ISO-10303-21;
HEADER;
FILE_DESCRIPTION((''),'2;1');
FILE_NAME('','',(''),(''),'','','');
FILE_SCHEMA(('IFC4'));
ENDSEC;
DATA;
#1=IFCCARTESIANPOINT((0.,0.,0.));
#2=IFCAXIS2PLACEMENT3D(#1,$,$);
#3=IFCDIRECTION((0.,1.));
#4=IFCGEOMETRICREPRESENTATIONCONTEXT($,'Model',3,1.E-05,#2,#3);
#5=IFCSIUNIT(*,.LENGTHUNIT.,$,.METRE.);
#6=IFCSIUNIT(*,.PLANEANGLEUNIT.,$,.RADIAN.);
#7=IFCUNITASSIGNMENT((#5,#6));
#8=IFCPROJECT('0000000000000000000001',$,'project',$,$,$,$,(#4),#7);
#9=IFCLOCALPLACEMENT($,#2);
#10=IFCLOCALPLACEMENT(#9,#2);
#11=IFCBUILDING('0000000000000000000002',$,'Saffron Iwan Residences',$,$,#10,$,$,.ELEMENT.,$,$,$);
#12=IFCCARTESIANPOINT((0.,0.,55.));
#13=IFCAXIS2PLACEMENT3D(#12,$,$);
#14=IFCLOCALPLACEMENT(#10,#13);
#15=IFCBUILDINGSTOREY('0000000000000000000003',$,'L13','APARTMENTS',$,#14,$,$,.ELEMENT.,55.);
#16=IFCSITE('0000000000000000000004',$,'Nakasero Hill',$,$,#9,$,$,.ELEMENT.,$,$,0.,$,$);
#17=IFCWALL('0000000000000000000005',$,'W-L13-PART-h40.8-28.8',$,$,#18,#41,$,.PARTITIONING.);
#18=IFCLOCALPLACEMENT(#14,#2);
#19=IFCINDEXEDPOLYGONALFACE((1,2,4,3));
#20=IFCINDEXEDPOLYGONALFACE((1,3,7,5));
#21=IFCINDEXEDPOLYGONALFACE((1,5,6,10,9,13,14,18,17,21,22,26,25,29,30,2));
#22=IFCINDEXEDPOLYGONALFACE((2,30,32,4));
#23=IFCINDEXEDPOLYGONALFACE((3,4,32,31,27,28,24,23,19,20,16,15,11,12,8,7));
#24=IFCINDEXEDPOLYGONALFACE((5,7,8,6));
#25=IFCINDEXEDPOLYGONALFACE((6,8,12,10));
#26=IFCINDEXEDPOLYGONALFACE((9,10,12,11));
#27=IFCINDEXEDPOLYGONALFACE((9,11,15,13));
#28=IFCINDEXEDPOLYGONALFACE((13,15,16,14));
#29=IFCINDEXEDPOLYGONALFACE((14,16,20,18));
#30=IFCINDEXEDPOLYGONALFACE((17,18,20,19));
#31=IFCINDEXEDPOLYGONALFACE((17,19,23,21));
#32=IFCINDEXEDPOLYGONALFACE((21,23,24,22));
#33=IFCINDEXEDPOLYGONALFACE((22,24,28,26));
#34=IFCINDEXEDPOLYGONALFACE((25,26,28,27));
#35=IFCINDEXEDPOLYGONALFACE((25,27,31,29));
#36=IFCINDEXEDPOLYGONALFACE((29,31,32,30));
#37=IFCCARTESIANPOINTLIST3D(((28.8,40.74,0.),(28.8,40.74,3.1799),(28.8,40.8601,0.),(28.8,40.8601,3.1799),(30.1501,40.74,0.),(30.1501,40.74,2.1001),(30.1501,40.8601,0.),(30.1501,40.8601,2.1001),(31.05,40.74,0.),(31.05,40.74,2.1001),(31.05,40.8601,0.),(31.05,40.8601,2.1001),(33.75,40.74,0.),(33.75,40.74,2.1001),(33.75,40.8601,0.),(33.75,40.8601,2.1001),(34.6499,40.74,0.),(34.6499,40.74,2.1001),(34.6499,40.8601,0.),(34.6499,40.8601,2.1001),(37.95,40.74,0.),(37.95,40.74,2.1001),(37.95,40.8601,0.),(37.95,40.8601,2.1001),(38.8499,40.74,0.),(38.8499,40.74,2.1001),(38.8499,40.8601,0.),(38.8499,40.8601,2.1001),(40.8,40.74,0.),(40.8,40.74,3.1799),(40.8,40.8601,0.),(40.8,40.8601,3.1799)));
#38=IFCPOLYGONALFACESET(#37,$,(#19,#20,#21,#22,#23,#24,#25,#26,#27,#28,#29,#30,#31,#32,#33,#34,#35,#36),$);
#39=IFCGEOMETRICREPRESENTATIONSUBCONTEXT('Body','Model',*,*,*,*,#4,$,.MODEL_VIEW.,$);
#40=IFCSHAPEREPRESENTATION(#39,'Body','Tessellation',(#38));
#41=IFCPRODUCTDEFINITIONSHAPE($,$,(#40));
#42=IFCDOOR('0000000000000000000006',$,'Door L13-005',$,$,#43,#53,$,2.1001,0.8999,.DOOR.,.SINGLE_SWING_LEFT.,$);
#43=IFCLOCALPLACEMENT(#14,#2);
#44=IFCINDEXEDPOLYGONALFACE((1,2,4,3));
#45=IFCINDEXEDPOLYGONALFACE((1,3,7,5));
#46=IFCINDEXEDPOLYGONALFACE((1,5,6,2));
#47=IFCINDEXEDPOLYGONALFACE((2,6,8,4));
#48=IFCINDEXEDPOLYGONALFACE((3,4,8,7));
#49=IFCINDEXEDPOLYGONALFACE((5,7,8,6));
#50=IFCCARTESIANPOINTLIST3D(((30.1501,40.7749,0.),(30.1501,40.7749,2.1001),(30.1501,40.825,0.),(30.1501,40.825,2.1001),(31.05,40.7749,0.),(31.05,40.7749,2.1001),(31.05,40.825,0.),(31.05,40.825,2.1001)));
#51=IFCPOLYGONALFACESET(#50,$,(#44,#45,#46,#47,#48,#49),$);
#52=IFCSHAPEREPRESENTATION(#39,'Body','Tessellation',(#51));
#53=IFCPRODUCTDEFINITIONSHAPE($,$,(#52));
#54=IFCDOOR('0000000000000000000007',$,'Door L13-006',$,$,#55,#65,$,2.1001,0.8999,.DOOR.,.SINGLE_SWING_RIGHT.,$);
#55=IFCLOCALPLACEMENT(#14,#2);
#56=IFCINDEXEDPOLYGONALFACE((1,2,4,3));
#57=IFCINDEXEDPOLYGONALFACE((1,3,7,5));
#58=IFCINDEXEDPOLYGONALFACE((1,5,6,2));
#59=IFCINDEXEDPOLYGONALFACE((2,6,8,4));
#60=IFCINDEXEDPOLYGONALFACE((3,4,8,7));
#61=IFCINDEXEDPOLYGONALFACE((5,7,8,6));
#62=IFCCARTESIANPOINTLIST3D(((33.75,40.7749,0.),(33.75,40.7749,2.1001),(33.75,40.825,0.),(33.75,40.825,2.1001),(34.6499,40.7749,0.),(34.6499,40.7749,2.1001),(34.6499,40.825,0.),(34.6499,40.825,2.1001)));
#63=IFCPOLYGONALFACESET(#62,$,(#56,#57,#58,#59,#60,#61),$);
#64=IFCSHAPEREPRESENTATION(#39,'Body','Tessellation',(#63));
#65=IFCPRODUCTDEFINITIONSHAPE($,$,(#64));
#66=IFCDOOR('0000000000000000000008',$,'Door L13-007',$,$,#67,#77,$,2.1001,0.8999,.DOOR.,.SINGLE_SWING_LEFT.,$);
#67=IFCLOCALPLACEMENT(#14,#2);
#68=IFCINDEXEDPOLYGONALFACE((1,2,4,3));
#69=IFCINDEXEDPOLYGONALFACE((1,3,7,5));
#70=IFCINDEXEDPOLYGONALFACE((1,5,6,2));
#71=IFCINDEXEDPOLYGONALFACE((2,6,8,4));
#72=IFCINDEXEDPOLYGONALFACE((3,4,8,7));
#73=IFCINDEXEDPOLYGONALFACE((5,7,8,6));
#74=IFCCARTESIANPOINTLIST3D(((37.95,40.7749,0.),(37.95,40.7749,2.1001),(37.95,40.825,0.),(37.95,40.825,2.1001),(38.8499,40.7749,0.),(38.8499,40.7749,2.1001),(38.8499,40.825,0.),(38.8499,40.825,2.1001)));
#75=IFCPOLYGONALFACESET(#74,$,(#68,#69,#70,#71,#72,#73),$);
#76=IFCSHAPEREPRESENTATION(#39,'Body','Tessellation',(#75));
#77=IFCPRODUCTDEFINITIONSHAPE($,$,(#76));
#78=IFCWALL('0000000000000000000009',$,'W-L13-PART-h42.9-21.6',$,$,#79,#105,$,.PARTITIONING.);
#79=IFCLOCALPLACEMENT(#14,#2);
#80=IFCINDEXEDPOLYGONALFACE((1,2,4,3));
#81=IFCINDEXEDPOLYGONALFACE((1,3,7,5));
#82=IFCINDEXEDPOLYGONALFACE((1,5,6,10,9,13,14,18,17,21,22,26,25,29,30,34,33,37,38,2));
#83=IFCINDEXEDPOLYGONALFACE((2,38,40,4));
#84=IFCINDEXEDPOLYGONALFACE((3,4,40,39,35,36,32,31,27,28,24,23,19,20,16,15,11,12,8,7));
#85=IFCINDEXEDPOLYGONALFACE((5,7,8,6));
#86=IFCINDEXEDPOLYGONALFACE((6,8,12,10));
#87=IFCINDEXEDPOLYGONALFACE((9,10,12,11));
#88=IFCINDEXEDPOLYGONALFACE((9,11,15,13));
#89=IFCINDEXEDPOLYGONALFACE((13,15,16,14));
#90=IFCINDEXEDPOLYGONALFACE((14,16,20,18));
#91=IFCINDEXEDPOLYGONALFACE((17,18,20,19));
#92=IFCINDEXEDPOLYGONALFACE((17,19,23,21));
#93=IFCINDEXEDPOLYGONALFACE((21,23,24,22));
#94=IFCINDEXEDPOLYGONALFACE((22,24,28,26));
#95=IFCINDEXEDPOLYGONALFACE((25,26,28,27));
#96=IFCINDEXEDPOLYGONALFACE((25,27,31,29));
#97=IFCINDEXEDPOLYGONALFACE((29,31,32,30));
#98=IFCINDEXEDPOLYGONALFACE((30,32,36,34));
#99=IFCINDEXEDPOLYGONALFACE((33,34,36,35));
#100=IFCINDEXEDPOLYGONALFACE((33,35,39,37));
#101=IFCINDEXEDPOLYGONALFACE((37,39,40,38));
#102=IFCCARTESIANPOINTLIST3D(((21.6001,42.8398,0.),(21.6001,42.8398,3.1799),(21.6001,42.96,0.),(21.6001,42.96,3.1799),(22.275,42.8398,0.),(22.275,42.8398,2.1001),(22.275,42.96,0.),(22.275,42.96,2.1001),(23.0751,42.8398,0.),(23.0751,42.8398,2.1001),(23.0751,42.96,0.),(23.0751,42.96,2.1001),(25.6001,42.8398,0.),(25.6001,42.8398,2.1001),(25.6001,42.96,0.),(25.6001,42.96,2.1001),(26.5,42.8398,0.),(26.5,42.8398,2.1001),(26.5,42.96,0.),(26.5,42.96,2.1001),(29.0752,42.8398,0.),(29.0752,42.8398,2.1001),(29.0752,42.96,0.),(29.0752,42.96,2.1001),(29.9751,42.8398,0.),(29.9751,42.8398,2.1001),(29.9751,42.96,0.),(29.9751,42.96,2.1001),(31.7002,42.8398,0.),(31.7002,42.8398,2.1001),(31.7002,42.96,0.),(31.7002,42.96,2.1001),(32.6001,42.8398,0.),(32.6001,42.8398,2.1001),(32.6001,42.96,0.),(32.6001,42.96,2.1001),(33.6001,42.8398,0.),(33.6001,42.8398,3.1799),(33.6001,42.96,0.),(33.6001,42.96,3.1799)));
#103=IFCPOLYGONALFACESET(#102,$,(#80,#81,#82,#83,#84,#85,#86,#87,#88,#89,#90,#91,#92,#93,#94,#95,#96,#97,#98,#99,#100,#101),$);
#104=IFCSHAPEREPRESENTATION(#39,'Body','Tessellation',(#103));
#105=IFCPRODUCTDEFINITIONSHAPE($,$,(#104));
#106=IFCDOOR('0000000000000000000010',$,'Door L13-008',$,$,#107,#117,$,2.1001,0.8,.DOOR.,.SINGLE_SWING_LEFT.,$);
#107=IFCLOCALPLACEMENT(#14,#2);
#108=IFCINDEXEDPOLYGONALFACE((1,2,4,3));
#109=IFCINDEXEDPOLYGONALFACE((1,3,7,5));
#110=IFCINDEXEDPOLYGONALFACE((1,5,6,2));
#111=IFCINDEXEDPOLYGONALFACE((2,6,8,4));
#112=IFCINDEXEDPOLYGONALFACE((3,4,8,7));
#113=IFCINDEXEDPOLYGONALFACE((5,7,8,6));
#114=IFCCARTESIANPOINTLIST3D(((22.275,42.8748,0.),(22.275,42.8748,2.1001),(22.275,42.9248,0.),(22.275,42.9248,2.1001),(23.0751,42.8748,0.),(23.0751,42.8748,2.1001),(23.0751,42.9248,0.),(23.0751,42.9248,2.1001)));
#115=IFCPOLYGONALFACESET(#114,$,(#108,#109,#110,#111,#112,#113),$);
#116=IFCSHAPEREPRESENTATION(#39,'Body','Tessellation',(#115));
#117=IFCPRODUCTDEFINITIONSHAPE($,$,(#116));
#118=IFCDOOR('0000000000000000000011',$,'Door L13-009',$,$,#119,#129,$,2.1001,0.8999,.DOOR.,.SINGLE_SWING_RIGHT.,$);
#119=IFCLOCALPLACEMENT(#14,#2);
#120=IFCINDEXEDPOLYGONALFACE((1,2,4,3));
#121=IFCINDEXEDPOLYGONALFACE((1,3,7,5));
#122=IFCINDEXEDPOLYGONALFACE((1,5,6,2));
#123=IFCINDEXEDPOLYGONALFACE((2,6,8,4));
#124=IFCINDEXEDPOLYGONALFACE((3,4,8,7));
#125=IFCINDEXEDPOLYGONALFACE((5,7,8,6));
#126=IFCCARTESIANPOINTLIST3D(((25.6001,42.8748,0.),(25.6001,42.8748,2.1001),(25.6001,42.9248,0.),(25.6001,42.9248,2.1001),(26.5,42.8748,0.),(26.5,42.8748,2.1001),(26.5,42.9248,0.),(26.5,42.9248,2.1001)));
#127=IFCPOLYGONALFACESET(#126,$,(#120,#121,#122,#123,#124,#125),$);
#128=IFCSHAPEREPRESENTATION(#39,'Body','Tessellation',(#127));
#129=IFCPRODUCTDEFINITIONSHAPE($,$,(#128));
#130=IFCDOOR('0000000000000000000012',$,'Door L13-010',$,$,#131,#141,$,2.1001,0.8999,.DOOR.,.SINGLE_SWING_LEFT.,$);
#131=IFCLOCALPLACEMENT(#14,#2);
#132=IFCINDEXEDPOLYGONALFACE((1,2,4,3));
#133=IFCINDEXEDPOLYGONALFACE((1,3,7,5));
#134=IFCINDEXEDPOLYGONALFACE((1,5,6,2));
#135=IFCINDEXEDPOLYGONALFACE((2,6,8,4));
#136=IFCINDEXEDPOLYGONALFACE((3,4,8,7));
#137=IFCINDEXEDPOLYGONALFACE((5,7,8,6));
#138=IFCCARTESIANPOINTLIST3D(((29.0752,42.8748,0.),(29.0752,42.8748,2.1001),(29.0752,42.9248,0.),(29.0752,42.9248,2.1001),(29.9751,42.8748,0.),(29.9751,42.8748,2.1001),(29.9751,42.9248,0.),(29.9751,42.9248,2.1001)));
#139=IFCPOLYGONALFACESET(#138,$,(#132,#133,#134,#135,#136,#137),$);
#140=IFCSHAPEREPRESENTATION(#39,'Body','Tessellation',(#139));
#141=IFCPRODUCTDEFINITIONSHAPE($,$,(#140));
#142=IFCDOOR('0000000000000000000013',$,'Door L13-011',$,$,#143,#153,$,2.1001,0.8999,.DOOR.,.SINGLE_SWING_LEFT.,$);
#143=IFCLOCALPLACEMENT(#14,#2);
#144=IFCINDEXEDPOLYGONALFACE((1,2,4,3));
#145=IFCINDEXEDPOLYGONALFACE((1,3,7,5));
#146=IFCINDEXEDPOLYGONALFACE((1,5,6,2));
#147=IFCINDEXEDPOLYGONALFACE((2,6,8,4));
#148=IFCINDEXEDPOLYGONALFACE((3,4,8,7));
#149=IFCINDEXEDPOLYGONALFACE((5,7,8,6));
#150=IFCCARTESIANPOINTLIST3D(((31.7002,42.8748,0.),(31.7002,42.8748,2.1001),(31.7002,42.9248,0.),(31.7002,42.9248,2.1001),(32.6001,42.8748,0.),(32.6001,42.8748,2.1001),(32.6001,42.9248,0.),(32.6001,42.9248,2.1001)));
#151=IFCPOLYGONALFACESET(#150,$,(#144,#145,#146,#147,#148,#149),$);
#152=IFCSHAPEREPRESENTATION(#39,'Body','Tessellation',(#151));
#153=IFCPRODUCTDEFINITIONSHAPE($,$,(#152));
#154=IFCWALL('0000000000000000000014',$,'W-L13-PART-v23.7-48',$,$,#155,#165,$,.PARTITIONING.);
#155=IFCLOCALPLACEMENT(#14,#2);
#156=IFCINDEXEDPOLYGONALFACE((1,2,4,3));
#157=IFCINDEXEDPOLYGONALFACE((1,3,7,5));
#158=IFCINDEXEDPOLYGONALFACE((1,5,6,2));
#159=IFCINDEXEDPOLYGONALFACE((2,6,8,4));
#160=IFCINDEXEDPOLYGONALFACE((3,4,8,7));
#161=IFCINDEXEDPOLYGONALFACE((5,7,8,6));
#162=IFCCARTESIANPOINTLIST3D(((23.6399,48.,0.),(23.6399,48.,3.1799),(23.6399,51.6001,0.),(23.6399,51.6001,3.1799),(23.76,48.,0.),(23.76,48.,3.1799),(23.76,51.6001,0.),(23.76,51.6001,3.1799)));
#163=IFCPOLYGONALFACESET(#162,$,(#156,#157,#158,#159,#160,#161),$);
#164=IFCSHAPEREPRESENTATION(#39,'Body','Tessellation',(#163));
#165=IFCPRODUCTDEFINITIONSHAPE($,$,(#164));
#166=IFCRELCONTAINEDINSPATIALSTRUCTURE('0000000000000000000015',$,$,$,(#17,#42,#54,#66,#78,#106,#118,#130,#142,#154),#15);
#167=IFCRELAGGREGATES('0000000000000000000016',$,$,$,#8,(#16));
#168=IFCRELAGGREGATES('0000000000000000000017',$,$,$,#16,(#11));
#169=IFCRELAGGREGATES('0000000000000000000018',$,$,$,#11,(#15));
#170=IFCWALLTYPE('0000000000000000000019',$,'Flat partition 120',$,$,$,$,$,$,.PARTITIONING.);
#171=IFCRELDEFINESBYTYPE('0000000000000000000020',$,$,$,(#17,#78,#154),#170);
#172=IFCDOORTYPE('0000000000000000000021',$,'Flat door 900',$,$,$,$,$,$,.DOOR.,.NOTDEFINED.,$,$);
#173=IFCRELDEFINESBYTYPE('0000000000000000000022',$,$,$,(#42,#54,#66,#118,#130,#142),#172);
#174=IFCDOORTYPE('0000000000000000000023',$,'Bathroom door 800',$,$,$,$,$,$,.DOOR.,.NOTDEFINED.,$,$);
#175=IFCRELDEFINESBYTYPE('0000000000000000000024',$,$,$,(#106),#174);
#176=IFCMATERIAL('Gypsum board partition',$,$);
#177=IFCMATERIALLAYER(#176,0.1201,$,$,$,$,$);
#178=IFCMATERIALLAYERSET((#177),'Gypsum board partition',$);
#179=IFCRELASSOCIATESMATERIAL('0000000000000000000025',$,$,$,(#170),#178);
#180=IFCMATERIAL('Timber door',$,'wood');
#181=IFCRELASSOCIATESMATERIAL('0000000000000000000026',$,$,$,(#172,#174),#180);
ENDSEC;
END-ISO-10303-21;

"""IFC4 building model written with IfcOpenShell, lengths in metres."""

from ifc_helpers import new_model, si_unit, direction, frame, frame_2d, origin, place, context, subcontext, project, spatial, rectangle, extrude, material, layer, layer_set, type_object, element, fill, save


model = new_model("IFC4")

# Units and contexts
model_context = context("Model", 3, precision=1e-05, world=origin(), true_north=direction((0.0, 1.0)))
body_context = subcontext(model_context, "Body", "Model", "MODEL_VIEW")
ifc_project = project(units=[si_unit("LENGTHUNIT", "METRE"), si_unit("PLANEANGLEUNIT", "RADIAN")], contexts=[model_context])

# Site, building, storey
site_placement = place(None, origin())
site = spatial("IfcSite", under=ifc_project, at=site_placement, Name="Nakasero Hill", CompositionType="ELEMENT", RefElevation=0.0)
building_placement = place(site_placement, origin())
building = spatial("IfcBuilding", under=site, at=building_placement, Name="Saffron Iwan Residences", CompositionType="ELEMENT")
storey_placement = place(building_placement, frame((0.0, 0.0, 55.0)))
storey = spatial("IfcBuildingStorey", under=building, at=storey_placement, Name="L13", Description="APARTMENTS", CompositionType="ELEMENT", Elevation=55.0)

# Shared definitions
ifc_material_1 = material(Name="Gypsum board partition")
ifc_layer = layer(ifc_material_1, 0.1201)
ifc_layer_set = layer_set([ifc_layer], Name="Gypsum board partition")
wall_type = type_object("IfcWallType", Name="Flat partition 120", PredefinedType="PARTITIONING", material=ifc_layer_set)

# Shared definitions
ifc_material_2 = material(Name="Timber door", Category="wood")
door_type_1 = type_object("IfcDoorType", Name="Flat door 900", OperationType="NOTDEFINED", PredefinedType="DOOR", material=ifc_material_2)

# Walls, openings, doors
wall_1_placement = place(storey_placement, frame((28.8, 40.8, 0.0), z_axis=(0.0, 0.0, 1.0), x_axis=(1.0, 0.0, 0.0)))
wall_1 = element("IfcWall", 1, at=wall_1_placement, inside=storey, type_object=wall_type, Name="W-L13-PART-h40.8-28.8", PredefinedType="PARTITIONING", context=body_context, shape_type="SweptSolid", body=[
    extrude(rectangle(XDim=12.0, YDim=0.1201, at=frame_2d((6.0, 0.0))), origin(), (0.0, 0.0, 1.0), 3.1799),
])
opening_1_placement = place(wall_1_placement, frame((1.3501, 0.0, 0.0)))
opening_1 = element("IfcOpeningElement", 2, at=opening_1_placement, cuts=wall_1, PredefinedType="OPENING", context=body_context, shape_type="SweptSolid", body=[
    extrude(rectangle(XDim=0.8999, YDim=2.1001, at=frame_2d((0.45, 1.05))), frame((0.0, 0.0701, 0.0), z_axis=(0.0, -1.0, 0.0), x_axis=(1.0, 0.0, 0.0)), (0.0, 0.0, 1.0), 0.1401),
])
opening_2_placement = place(wall_1_placement, frame((4.95, 0.0, 0.0)))
opening_2 = element("IfcOpeningElement", 3, at=opening_2_placement, cuts=wall_1, PredefinedType="OPENING", context=body_context, shape_type="SweptSolid", body=[
    extrude(rectangle(XDim=0.8999, YDim=2.1001, at=frame_2d((0.45, 1.05))), frame((0.0, 0.0701, 0.0), z_axis=(0.0, -1.0, 0.0), x_axis=(1.0, 0.0, 0.0)), (0.0, 0.0, 1.0), 0.1401),
])
opening_3_placement = place(wall_1_placement, frame((9.1499, 0.0, 0.0)))
opening_3 = element("IfcOpeningElement", 4, at=opening_3_placement, cuts=wall_1, PredefinedType="OPENING", context=body_context, shape_type="SweptSolid", body=[
    extrude(rectangle(XDim=0.8999, YDim=2.1001, at=frame_2d((0.45, 1.05))), frame((0.0, 0.0701, 0.0), z_axis=(0.0, -1.0, 0.0), x_axis=(1.0, 0.0, 0.0)), (0.0, 0.0, 1.0), 0.1401),
])
door_1_placement = place(opening_1_placement, origin())
door_1 = element("IfcDoor", 5, at=door_1_placement, inside=storey, type_object=door_type_1, Name="Door L13-005", OperationType="SINGLE_SWING_LEFT", OverallHeight=2.1001, OverallWidth=0.8999, PredefinedType="DOOR", context=body_context, shape_type="SweptSolid", body=[
    extrude(rectangle(XDim=0.8999, YDim=2.1001, at=frame_2d((0.45, 1.05))), frame((0.0, 0.0249, 0.0), z_axis=(0.0, -1.0, 0.0), x_axis=(1.0, 0.0, 0.0)), (0.0, 0.0, 1.0), 0.05),
])
fill(opening_1, door_1)
door_2_placement = place(opening_2_placement, origin())
door_2 = element("IfcDoor", 6, at=door_2_placement, inside=storey, type_object=door_type_1, Name="Door L13-006", OperationType="SINGLE_SWING_RIGHT", OverallHeight=2.1001, OverallWidth=0.8999, PredefinedType="DOOR", context=body_context, shape_type="SweptSolid", body=[
    extrude(rectangle(XDim=0.8999, YDim=2.1001, at=frame_2d((0.45, 1.05))), frame((0.0, 0.0249, 0.0), z_axis=(0.0, -1.0, 0.0), x_axis=(1.0, 0.0, 0.0)), (0.0, 0.0, 1.0), 0.05),
])
fill(opening_2, door_2)
door_3_placement = place(opening_3_placement, origin())
door_3 = element("IfcDoor", 7, at=door_3_placement, inside=storey, type_object=door_type_1, Name="Door L13-007", OperationType="SINGLE_SWING_LEFT", OverallHeight=2.1001, OverallWidth=0.8999, PredefinedType="DOOR", context=body_context, shape_type="SweptSolid", body=[
    extrude(rectangle(XDim=0.8999, YDim=2.1001, at=frame_2d((0.45, 1.05))), frame((0.0, 0.0249, 0.0), z_axis=(0.0, -1.0, 0.0), x_axis=(1.0, 0.0, 0.0)), (0.0, 0.0, 1.0), 0.05),
])
fill(opening_3, door_3)
wall_2_placement = place(storey_placement, frame((21.6001, 42.8999, 0.0), z_axis=(0.0, 0.0, 1.0), x_axis=(1.0, 0.0, 0.0)))
wall_2 = element("IfcWall", 8, at=wall_2_placement, inside=storey, type_object=wall_type, Name="W-L13-PART-h42.9-21.6", PredefinedType="PARTITIONING", context=body_context, shape_type="SweptSolid", body=[
    extrude(rectangle(XDim=12.0, YDim=0.1201, at=frame_2d((6.0, 0.0))), origin(), (0.0, 0.0, 1.0), 3.1799),
])
opening_4_placement = place(wall_2_placement, frame((0.675, 0.0, 0.0)))
opening_4 = element("IfcOpeningElement", 9, at=opening_4_placement, cuts=wall_2, PredefinedType="OPENING", context=body_context, shape_type="SweptSolid", body=[
    extrude(rectangle(XDim=0.8, YDim=2.1001, at=frame_2d((0.3999, 1.05))), frame((0.0, 0.0701, 0.0), z_axis=(0.0, -1.0, 0.0), x_axis=(1.0, 0.0, 0.0)), (0.0, 0.0, 1.0), 0.1401),
])
opening_5_placement = place(wall_2_placement, frame((4.0, 0.0, 0.0)))
opening_5 = element("IfcOpeningElement", 10, at=opening_5_placement, cuts=wall_2, PredefinedType="OPENING", context=body_context, shape_type="SweptSolid", body=[
    extrude(rectangle(XDim=0.8999, YDim=2.1001, at=frame_2d((0.45, 1.05))), frame((0.0, 0.0701, 0.0), z_axis=(0.0, -1.0, 0.0), x_axis=(1.0, 0.0, 0.0)), (0.0, 0.0, 1.0), 0.1401),
])
opening_6_placement = place(wall_2_placement, frame((7.4751, 0.0, 0.0)))
opening_6 = element("IfcOpeningElement", 11, at=opening_6_placement, cuts=wall_2, PredefinedType="OPENING", context=body_context, shape_type="SweptSolid", body=[
    extrude(rectangle(XDim=0.8999, YDim=2.1001, at=frame_2d((0.45, 1.05))), frame((0.0, 0.0701, 0.0), z_axis=(0.0, -1.0, 0.0), x_axis=(1.0, 0.0, 0.0)), (0.0, 0.0, 1.0), 0.1401),
])
opening_7_placement = place(wall_2_placement, frame((10.1001, 0.0, 0.0)))
opening_7 = element("IfcOpeningElement", 12, at=opening_7_placement, cuts=wall_2, PredefinedType="OPENING", context=body_context, shape_type="SweptSolid", body=[
    extrude(rectangle(XDim=0.8999, YDim=2.1001, at=frame_2d((0.45, 1.05))), frame((0.0, 0.0701, 0.0), z_axis=(0.0, -1.0, 0.0), x_axis=(1.0, 0.0, 0.0)), (0.0, 0.0, 1.0), 0.1401),
])
door_type_2 = type_object("IfcDoorType", Name="Bathroom door 800", OperationType="NOTDEFINED", PredefinedType="DOOR", material=ifc_material_2)
door_4_placement = place(opening_4_placement, origin())
door_4 = element("IfcDoor", 13, at=door_4_placement, inside=storey, type_object=door_type_2, Name="Door L13-008", OperationType="SINGLE_SWING_LEFT", OverallHeight=2.1001, OverallWidth=0.8, PredefinedType="DOOR", context=body_context, shape_type="SweptSolid", body=[
    extrude(rectangle(XDim=0.8, YDim=2.1001, at=frame_2d((0.3999, 1.05))), frame((0.0, 0.0249, 0.0), z_axis=(0.0, -1.0, 0.0), x_axis=(1.0, 0.0, 0.0)), (0.0, 0.0, 1.0), 0.05),
])
fill(opening_4, door_4)
door_5_placement = place(opening_5_placement, origin())
door_5 = element("IfcDoor", 14, at=door_5_placement, inside=storey, type_object=door_type_1, Name="Door L13-009", OperationType="SINGLE_SWING_RIGHT", OverallHeight=2.1001, OverallWidth=0.8999, PredefinedType="DOOR", context=body_context, shape_type="SweptSolid", body=[
    extrude(rectangle(XDim=0.8999, YDim=2.1001, at=frame_2d((0.45, 1.05))), frame((0.0, 0.0249, 0.0), z_axis=(0.0, -1.0, 0.0), x_axis=(1.0, 0.0, 0.0)), (0.0, 0.0, 1.0), 0.05),
])
fill(opening_5, door_5)
door_6_placement = place(opening_6_placement, origin())
door_6 = element("IfcDoor", 15, at=door_6_placement, inside=storey, type_object=door_type_1, Name="Door L13-010", OperationType="SINGLE_SWING_LEFT", OverallHeight=2.1001, OverallWidth=0.8999, PredefinedType="DOOR", context=body_context, shape_type="SweptSolid", body=[
    extrude(rectangle(XDim=0.8999, YDim=2.1001, at=frame_2d((0.45, 1.05))), frame((0.0, 0.0249, 0.0), z_axis=(0.0, -1.0, 0.0), x_axis=(1.0, 0.0, 0.0)), (0.0, 0.0, 1.0), 0.05),
])
fill(opening_6, door_6)
door_7_placement = place(opening_7_placement, origin())
door_7 = element("IfcDoor", 16, at=door_7_placement, inside=storey, type_object=door_type_1, Name="Door L13-011", OperationType="SINGLE_SWING_LEFT", OverallHeight=2.1001, OverallWidth=0.8999, PredefinedType="DOOR", context=body_context, shape_type="SweptSolid", body=[
    extrude(rectangle(XDim=0.8999, YDim=2.1001, at=frame_2d((0.45, 1.05))), frame((0.0, 0.0249, 0.0), z_axis=(0.0, -1.0, 0.0), x_axis=(1.0, 0.0, 0.0)), (0.0, 0.0, 1.0), 0.05),
])
fill(opening_7, door_7)

# Wall
wall_3_placement = place(storey_placement, frame((23.7, 48.0, 0.0), z_axis=(0.0, 0.0, 1.0), x_axis=(0.0, 1.0, 0.0)))
element("IfcWall", 17, at=wall_3_placement, inside=storey, type_object=wall_type, Name="W-L13-PART-v23.7-48", PredefinedType="PARTITIONING", context=body_context, shape_type="SweptSolid", body=[
    extrude(rectangle(XDim=3.6001, YDim=0.1201, at=frame_2d((1.8, 0.0))), origin(), (0.0, 0.0, 1.0), 3.1799),
])

save(model, "model.ifc")
